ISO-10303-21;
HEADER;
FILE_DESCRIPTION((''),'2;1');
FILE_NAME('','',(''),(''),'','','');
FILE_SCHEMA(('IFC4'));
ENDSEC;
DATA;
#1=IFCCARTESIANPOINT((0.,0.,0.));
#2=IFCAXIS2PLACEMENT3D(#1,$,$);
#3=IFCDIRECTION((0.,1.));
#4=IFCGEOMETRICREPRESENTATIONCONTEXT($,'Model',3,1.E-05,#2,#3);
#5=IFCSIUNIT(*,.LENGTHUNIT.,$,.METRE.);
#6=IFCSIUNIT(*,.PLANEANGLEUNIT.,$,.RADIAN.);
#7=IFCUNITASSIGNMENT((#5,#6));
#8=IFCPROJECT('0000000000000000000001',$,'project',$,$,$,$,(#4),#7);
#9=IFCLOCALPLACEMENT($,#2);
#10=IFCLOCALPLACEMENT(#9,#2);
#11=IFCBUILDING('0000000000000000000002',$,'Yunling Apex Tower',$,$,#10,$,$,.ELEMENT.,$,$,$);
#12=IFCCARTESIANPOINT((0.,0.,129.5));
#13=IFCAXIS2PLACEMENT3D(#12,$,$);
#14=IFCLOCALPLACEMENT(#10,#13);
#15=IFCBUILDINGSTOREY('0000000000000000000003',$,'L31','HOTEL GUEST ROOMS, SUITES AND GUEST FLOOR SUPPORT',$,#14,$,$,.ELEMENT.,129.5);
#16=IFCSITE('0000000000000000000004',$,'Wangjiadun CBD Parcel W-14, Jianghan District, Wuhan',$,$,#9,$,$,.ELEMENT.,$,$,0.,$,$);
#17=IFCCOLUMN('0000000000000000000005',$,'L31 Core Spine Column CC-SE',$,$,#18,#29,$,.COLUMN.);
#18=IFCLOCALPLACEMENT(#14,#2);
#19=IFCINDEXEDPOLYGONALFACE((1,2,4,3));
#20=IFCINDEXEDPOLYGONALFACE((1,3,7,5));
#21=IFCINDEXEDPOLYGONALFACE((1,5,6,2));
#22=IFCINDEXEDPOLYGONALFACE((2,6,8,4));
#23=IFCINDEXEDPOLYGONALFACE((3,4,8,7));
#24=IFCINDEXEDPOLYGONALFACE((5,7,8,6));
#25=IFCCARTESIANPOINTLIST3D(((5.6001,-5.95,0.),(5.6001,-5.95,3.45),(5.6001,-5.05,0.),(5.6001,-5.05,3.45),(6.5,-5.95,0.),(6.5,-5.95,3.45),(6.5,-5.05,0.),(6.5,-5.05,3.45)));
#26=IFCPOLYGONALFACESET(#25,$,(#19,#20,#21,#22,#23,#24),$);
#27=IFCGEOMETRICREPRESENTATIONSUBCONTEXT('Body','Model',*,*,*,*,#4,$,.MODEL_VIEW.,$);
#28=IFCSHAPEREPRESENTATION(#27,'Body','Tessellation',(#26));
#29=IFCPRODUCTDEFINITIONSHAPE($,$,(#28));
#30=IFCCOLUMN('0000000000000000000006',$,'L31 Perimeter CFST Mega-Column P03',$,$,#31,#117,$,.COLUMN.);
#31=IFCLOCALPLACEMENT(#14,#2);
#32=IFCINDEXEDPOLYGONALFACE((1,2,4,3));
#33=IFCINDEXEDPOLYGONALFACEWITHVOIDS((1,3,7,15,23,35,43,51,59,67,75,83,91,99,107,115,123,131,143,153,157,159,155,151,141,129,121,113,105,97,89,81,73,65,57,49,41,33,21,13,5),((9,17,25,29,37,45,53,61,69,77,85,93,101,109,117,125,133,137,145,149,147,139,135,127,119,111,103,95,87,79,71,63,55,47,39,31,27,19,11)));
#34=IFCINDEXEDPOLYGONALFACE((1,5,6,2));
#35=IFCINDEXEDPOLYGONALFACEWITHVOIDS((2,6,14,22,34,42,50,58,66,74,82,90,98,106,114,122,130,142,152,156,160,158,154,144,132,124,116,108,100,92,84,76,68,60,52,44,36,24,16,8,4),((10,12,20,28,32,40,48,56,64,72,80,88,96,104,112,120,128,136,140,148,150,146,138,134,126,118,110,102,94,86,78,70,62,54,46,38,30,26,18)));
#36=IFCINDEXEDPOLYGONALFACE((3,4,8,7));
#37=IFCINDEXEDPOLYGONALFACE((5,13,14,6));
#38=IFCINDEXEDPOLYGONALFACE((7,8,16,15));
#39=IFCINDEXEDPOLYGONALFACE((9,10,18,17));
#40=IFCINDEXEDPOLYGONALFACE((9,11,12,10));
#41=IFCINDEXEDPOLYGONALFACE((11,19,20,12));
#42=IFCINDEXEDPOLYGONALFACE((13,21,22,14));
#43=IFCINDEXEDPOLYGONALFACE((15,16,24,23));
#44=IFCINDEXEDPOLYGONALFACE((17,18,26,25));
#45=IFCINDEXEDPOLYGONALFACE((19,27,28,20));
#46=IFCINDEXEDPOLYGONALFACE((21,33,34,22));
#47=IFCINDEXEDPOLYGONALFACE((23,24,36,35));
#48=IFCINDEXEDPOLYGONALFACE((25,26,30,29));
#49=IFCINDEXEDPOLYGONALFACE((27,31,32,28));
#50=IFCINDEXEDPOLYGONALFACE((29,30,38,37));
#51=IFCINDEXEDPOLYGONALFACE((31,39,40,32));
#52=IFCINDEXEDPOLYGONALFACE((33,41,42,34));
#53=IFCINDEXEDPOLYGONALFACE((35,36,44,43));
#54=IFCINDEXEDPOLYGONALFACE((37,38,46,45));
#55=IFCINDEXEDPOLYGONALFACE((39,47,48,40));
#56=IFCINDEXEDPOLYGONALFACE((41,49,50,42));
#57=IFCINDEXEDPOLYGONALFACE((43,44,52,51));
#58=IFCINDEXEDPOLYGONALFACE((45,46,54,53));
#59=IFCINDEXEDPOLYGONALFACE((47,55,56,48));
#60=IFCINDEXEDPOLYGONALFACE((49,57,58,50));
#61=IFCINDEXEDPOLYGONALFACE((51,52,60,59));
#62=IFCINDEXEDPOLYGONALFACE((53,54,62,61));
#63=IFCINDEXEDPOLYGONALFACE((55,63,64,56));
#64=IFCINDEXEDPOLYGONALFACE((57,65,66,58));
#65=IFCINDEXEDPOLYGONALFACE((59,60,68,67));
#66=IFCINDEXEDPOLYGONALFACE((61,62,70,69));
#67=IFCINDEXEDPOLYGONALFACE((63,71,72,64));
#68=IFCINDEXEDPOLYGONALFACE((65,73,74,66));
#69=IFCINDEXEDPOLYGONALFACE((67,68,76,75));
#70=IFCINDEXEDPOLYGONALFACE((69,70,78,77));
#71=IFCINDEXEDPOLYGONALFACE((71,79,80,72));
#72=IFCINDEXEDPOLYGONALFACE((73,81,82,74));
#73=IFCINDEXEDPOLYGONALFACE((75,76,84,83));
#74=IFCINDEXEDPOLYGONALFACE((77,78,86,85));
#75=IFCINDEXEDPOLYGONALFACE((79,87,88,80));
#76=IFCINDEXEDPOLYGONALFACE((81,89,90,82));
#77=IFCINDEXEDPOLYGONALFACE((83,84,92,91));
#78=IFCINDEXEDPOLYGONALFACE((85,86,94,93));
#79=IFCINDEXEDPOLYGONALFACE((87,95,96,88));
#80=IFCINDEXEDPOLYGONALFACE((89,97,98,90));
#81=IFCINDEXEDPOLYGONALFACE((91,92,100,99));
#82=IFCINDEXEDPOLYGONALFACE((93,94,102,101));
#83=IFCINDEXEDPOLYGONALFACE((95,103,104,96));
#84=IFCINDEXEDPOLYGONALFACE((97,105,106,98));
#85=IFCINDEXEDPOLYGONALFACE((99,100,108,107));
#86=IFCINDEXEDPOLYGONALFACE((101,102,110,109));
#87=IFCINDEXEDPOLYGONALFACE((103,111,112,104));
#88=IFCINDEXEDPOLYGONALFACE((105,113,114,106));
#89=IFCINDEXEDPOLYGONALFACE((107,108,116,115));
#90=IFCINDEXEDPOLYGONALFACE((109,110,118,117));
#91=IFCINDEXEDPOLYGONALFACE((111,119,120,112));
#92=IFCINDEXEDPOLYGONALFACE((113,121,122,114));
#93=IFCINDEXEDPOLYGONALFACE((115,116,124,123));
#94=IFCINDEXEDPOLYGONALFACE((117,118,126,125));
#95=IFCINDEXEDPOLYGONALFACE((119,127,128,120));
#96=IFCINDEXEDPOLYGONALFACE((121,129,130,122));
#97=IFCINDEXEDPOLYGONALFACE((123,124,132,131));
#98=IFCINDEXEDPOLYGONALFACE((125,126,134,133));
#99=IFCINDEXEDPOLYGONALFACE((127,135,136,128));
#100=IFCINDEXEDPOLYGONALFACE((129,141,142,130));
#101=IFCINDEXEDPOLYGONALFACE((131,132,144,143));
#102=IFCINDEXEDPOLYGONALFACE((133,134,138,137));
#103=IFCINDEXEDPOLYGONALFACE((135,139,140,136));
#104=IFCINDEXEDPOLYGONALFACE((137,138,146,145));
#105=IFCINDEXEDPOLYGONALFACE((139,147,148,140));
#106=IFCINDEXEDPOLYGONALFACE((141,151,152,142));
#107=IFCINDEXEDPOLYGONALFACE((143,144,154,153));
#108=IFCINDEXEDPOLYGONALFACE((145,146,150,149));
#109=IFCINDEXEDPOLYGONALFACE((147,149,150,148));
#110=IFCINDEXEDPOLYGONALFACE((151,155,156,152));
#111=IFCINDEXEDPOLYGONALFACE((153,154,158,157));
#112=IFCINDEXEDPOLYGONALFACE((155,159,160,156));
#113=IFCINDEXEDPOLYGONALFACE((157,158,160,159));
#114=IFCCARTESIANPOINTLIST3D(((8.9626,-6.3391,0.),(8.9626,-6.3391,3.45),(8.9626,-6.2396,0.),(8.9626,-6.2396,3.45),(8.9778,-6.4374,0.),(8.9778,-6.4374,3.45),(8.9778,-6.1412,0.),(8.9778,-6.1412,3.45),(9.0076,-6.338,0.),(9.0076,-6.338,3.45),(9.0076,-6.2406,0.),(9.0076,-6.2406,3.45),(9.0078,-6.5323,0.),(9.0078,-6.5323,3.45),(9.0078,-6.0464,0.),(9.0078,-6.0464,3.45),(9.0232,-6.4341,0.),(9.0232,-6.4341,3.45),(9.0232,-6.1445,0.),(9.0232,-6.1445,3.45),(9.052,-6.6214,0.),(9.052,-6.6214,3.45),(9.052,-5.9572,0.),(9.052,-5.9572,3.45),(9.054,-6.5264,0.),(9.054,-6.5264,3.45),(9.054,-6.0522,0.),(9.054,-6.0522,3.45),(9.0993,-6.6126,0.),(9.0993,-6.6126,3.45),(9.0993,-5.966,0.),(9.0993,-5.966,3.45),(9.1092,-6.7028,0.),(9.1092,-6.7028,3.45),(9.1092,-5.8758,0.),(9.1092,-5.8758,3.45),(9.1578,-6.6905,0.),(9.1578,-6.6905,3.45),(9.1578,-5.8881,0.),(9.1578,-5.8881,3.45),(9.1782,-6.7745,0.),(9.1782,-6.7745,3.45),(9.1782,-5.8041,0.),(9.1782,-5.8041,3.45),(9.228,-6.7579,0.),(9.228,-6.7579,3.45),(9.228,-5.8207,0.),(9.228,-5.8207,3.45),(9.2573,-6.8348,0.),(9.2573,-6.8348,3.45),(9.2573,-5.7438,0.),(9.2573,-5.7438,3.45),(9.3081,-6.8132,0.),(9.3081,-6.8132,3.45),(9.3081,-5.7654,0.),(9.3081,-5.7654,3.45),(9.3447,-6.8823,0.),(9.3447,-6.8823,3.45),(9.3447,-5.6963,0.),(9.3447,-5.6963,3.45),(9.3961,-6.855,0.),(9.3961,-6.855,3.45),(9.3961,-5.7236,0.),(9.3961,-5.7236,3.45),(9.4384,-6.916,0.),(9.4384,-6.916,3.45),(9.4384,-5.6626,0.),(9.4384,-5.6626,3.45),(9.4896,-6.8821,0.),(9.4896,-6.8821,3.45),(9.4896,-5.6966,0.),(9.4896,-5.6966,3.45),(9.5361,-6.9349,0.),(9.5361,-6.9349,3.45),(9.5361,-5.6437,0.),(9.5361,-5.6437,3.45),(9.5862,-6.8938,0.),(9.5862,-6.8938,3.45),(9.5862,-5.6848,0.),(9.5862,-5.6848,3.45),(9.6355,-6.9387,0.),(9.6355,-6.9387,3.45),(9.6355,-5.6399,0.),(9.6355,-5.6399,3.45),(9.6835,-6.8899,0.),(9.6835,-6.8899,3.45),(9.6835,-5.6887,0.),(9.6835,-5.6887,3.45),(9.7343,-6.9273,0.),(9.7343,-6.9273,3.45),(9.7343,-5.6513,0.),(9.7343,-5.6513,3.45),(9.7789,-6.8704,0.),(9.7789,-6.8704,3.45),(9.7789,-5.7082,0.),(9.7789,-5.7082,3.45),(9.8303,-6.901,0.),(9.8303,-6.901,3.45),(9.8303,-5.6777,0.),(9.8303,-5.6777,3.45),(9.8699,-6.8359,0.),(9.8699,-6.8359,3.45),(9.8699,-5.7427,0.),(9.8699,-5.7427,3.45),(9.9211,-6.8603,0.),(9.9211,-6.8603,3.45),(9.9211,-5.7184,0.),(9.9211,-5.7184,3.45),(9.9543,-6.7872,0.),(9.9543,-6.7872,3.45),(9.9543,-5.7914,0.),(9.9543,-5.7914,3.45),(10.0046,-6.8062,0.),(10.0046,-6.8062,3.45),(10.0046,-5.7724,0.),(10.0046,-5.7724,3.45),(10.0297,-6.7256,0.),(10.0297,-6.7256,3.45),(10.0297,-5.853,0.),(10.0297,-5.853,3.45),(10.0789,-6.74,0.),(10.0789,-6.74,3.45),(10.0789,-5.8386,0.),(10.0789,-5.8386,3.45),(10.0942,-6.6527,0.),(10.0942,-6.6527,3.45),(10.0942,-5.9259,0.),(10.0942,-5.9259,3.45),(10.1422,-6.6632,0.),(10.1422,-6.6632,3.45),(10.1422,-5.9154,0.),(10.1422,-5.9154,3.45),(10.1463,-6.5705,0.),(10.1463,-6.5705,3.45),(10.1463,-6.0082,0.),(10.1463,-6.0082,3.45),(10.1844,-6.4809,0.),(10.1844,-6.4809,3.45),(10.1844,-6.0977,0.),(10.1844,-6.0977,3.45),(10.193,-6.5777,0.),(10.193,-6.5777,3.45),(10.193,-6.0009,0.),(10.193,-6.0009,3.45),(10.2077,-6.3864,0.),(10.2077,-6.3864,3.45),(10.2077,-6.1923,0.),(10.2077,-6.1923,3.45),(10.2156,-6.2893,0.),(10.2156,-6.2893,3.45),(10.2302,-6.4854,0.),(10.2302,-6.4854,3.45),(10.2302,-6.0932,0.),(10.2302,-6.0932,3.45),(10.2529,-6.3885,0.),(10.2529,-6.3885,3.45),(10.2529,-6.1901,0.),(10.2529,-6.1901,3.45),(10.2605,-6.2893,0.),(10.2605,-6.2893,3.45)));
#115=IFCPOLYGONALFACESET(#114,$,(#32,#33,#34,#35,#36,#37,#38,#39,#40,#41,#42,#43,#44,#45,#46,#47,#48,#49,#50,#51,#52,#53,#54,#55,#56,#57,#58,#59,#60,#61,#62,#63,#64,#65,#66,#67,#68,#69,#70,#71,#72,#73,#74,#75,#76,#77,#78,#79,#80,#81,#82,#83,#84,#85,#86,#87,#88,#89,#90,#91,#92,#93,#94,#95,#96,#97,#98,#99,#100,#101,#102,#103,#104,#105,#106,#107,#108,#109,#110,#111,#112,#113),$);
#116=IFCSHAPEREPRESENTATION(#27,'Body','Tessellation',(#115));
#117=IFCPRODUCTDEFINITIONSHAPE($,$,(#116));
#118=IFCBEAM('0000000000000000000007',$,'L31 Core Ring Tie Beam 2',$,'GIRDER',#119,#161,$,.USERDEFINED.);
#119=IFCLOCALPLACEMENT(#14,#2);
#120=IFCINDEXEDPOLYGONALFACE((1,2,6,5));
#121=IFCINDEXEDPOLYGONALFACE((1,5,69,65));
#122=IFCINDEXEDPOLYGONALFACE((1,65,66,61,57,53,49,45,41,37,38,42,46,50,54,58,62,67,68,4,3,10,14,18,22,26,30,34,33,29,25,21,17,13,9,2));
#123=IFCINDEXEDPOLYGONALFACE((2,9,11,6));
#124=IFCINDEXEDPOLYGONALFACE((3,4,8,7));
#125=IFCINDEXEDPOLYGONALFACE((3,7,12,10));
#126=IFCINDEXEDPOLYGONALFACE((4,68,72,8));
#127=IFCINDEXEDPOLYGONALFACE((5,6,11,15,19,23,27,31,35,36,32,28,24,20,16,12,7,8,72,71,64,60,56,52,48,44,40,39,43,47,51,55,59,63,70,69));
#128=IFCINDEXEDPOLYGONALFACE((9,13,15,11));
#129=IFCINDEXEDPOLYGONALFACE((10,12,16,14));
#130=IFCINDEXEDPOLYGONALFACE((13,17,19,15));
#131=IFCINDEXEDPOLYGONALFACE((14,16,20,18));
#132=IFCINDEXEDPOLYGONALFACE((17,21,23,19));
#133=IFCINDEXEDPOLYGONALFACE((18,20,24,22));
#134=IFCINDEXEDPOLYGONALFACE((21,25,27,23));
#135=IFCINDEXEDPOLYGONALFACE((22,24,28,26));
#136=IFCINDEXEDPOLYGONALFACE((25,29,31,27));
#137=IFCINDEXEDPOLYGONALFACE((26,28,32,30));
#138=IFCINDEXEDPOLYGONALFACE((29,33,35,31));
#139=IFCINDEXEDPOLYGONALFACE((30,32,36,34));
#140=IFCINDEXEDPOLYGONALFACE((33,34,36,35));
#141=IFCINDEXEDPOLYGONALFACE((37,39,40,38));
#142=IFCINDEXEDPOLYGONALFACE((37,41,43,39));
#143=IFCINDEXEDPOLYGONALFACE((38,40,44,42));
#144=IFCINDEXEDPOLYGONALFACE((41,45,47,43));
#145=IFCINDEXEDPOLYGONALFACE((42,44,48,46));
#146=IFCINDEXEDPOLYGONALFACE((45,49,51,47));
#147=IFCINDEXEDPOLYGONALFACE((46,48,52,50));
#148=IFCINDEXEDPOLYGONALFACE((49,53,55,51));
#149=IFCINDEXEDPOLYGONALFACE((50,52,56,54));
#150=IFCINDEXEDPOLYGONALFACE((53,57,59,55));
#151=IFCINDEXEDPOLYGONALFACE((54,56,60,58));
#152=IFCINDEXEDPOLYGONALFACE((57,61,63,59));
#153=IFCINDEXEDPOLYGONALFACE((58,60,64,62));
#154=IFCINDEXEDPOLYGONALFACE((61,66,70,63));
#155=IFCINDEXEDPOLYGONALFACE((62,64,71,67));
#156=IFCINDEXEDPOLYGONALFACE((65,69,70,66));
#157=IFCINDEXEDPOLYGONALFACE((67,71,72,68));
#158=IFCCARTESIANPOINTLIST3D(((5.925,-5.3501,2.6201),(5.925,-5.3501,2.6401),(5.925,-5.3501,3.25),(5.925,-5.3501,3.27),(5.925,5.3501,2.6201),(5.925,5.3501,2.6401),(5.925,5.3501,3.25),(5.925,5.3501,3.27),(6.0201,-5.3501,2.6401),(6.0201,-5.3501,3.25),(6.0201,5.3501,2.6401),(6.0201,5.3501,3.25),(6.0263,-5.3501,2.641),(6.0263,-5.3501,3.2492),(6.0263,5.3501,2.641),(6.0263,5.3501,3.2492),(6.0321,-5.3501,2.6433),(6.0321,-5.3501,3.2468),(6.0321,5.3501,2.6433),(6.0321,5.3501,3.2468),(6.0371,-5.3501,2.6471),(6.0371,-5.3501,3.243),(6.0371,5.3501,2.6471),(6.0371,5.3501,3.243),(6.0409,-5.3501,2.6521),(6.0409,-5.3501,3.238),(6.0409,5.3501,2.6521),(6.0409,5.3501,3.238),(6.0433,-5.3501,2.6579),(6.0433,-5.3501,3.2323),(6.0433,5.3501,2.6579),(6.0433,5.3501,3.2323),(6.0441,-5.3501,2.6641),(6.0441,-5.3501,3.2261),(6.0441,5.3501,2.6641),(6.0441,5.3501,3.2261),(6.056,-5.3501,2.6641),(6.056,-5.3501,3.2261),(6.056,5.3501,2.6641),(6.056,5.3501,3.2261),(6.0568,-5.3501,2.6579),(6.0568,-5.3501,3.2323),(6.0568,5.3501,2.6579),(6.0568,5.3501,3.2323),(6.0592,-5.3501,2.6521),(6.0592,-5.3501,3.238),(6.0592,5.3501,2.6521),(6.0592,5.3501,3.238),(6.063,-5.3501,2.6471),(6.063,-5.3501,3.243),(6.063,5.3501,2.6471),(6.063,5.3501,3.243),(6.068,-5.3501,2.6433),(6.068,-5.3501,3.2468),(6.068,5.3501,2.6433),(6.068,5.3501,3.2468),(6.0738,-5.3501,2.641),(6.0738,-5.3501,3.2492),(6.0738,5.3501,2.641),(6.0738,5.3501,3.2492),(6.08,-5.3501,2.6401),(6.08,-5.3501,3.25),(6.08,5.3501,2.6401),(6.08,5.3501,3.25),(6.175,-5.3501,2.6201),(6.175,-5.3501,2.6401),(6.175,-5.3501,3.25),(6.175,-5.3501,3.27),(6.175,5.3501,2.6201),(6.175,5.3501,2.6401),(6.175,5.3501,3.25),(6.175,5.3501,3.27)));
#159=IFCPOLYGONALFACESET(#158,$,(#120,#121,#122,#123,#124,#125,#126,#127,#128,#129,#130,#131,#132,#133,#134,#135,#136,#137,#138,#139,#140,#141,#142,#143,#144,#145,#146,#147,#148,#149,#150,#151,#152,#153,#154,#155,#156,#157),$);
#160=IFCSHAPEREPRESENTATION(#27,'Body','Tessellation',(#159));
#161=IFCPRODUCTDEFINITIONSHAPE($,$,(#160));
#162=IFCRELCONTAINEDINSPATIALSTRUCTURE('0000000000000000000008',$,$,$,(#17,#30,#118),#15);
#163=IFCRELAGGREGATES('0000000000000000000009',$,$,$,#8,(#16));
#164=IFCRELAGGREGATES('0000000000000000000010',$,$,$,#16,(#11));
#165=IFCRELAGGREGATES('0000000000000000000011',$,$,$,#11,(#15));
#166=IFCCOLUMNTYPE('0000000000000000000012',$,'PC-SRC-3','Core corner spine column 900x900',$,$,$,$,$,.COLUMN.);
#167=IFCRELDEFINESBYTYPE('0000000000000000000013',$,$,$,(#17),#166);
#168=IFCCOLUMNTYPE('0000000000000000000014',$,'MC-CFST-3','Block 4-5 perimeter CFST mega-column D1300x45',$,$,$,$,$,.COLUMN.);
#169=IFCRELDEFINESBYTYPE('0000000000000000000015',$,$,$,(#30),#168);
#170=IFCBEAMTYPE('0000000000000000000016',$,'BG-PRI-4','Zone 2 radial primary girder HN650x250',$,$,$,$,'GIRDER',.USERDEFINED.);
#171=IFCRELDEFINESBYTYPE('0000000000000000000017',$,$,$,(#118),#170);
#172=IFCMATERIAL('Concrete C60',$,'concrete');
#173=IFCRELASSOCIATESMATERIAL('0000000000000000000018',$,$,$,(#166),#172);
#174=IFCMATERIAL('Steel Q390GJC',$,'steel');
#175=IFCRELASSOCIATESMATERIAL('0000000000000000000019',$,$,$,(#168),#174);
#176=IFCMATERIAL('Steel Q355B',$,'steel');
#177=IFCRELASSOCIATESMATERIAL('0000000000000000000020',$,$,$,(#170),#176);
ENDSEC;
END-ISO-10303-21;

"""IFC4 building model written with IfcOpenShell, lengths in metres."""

from ifc_helpers import new_model, si_unit, direction, frame, origin, origin_2d, place, context, subcontext, project, spatial, rectangle, hollow_circle, i_section, extrude, source, transform, mapped, material, material_profile, profile_set, type_object, element, save


model = new_model("IFC4")

# Units and contexts
model_context = context("Model", 3, precision=1e-05, world=origin(), true_north=direction((0.0, 1.0)))
body_context = subcontext(model_context, "Body", "Model", "MODEL_VIEW")
ifc_project = project(units=[si_unit("LENGTHUNIT", "METRE"), si_unit("PLANEANGLEUNIT", "RADIAN")], contexts=[model_context])

# Site, building, storey
site_placement = place(None, origin())
site = spatial("IfcSite", under=ifc_project, at=site_placement, Name="Wangjiadun CBD Parcel W-14, Jianghan District, Wuhan", CompositionType="ELEMENT", RefElevation=0.0)
building_placement = place(site_placement, origin())
building = spatial("IfcBuilding", under=site, at=building_placement, Name="Yunling Apex Tower", CompositionType="ELEMENT")
storey_placement = place(building_placement, frame((0.0, 0.0, 129.5)))
storey = spatial("IfcBuildingStorey", under=building, at=storey_placement, Name="L31", Description="HOTEL GUEST ROOMS, SUITES AND GUEST FLOOR SUPPORT", CompositionType="ELEMENT", Elevation=129.5)

# Columns
ifc_material_1 = material(Name="Concrete C60", Category="concrete")
ifc_material_profile_1 = material_profile(ifc_material_1, rectangle(XDim=0.8999, YDim=0.8999, at=origin_2d()))
ifc_profile_set_1 = profile_set([ifc_material_profile_1], Name="Concrete C60")
column_type_1 = type_object("IfcColumnType", Name="PC-SRC-3", Description="Core corner spine column 900x900", PredefinedType="COLUMN", material=ifc_profile_set_1)
shared_shape_1 = source(origin(), body_context, "Body", "SweptSolid", [
    extrude(rectangle(XDim=0.8999, YDim=0.8999, at=origin_2d()), origin(), (0.0, 0.0, 1.0), 3.45),
])
column_1_placement = place(storey_placement, frame((6.05, -5.5, 0.0), z_axis=(0.0, 0.0, 1.0), x_axis=(1.0, 0.0, 0.0)))
element("IfcColumn", 1, at=column_1_placement, inside=storey, type_object=column_type_1, Name="L31 Core Spine Column CC-SE", PredefinedType="COLUMN", context=body_context, shape_type="MappedRepresentation", body=[
    mapped(shared_shape_1, transform((0.0, 0.0, 0.0), scale=1.0)),
])
ifc_material_2 = material(Name="Steel Q390GJC", Category="steel")
ifc_material_profile_2 = material_profile(ifc_material_2, hollow_circle(Radius=0.6499, WallThickness=0.0449, at=origin_2d()))
ifc_profile_set_2 = profile_set([ifc_material_profile_2], Name="Steel Q390GJC")
column_type_2 = type_object("IfcColumnType", Name="MC-CFST-3", Description="Block 4-5 perimeter CFST mega-column D1300x45", PredefinedType="COLUMN", material=ifc_profile_set_2)
shared_shape_2 = source(origin(), body_context, "Body", "SweptSolid", [
    extrude(hollow_circle(Radius=0.6499, WallThickness=0.0449, at=origin_2d()), origin(), (0.0, 0.0, 1.0), 3.45),
])
column_2_placement = place(storey_placement, frame((9.6106, -6.2893, 0.0), z_axis=(0.0, 0.0, 1.0), x_axis=(1.0, 0.0, 0.0)))
element("IfcColumn", 2, at=column_2_placement, inside=storey, type_object=column_type_2, Name="L31 Perimeter CFST Mega-Column P03", PredefinedType="COLUMN", context=body_context, shape_type="MappedRepresentation", body=[
    mapped(shared_shape_2, transform((0.0, 0.0, 0.0), scale=1.0)),
])

# Beam
ifc_material_3 = material(Name="Steel Q355B", Category="steel")
ifc_material_profile_3 = material_profile(ifc_material_3, i_section(OverallWidth=0.25, OverallDepth=0.6499, WebThickness=0.012, FlangeThickness=0.02, FilletRadius=0.0239, at=origin_2d()))
ifc_profile_set_3 = profile_set([ifc_material_profile_3], Name="Steel Q355B")
beam_type_1 = type_object("IfcBeamType", Name="BG-PRI-4", Description="Zone 2 radial primary girder HN650x250", ElementType="GIRDER", PredefinedType="USERDEFINED", material=ifc_profile_set_3)
shared_shape_3 = source(origin(), body_context, "Body", "SweptSolid", [
    extrude(i_section(OverallWidth=0.25, OverallDepth=0.6499, WebThickness=0.012, FlangeThickness=0.02, FilletRadius=0.0239, at=origin_2d()), origin(), (0.0, 0.0, 1.0), 10.7002),
])
beam_1_placement = place(storey_placement, frame((6.05, -5.3501, 2.9451), z_axis=(0.0, 1.0, 0.0), x_axis=(-1.0, 0.0, 0.0)))
element("IfcBeam", 3, at=beam_1_placement, inside=storey, type_object=beam_type_1, Name="L31 Core Ring Tie Beam 2", ObjectType="GIRDER", PredefinedType="USERDEFINED", context=body_context, shape_type="MappedRepresentation", body=[
    mapped(shared_shape_3, transform((0.0, 0.0, 0.0), scale=1.0)),
])

save(model, "model.ifc")
